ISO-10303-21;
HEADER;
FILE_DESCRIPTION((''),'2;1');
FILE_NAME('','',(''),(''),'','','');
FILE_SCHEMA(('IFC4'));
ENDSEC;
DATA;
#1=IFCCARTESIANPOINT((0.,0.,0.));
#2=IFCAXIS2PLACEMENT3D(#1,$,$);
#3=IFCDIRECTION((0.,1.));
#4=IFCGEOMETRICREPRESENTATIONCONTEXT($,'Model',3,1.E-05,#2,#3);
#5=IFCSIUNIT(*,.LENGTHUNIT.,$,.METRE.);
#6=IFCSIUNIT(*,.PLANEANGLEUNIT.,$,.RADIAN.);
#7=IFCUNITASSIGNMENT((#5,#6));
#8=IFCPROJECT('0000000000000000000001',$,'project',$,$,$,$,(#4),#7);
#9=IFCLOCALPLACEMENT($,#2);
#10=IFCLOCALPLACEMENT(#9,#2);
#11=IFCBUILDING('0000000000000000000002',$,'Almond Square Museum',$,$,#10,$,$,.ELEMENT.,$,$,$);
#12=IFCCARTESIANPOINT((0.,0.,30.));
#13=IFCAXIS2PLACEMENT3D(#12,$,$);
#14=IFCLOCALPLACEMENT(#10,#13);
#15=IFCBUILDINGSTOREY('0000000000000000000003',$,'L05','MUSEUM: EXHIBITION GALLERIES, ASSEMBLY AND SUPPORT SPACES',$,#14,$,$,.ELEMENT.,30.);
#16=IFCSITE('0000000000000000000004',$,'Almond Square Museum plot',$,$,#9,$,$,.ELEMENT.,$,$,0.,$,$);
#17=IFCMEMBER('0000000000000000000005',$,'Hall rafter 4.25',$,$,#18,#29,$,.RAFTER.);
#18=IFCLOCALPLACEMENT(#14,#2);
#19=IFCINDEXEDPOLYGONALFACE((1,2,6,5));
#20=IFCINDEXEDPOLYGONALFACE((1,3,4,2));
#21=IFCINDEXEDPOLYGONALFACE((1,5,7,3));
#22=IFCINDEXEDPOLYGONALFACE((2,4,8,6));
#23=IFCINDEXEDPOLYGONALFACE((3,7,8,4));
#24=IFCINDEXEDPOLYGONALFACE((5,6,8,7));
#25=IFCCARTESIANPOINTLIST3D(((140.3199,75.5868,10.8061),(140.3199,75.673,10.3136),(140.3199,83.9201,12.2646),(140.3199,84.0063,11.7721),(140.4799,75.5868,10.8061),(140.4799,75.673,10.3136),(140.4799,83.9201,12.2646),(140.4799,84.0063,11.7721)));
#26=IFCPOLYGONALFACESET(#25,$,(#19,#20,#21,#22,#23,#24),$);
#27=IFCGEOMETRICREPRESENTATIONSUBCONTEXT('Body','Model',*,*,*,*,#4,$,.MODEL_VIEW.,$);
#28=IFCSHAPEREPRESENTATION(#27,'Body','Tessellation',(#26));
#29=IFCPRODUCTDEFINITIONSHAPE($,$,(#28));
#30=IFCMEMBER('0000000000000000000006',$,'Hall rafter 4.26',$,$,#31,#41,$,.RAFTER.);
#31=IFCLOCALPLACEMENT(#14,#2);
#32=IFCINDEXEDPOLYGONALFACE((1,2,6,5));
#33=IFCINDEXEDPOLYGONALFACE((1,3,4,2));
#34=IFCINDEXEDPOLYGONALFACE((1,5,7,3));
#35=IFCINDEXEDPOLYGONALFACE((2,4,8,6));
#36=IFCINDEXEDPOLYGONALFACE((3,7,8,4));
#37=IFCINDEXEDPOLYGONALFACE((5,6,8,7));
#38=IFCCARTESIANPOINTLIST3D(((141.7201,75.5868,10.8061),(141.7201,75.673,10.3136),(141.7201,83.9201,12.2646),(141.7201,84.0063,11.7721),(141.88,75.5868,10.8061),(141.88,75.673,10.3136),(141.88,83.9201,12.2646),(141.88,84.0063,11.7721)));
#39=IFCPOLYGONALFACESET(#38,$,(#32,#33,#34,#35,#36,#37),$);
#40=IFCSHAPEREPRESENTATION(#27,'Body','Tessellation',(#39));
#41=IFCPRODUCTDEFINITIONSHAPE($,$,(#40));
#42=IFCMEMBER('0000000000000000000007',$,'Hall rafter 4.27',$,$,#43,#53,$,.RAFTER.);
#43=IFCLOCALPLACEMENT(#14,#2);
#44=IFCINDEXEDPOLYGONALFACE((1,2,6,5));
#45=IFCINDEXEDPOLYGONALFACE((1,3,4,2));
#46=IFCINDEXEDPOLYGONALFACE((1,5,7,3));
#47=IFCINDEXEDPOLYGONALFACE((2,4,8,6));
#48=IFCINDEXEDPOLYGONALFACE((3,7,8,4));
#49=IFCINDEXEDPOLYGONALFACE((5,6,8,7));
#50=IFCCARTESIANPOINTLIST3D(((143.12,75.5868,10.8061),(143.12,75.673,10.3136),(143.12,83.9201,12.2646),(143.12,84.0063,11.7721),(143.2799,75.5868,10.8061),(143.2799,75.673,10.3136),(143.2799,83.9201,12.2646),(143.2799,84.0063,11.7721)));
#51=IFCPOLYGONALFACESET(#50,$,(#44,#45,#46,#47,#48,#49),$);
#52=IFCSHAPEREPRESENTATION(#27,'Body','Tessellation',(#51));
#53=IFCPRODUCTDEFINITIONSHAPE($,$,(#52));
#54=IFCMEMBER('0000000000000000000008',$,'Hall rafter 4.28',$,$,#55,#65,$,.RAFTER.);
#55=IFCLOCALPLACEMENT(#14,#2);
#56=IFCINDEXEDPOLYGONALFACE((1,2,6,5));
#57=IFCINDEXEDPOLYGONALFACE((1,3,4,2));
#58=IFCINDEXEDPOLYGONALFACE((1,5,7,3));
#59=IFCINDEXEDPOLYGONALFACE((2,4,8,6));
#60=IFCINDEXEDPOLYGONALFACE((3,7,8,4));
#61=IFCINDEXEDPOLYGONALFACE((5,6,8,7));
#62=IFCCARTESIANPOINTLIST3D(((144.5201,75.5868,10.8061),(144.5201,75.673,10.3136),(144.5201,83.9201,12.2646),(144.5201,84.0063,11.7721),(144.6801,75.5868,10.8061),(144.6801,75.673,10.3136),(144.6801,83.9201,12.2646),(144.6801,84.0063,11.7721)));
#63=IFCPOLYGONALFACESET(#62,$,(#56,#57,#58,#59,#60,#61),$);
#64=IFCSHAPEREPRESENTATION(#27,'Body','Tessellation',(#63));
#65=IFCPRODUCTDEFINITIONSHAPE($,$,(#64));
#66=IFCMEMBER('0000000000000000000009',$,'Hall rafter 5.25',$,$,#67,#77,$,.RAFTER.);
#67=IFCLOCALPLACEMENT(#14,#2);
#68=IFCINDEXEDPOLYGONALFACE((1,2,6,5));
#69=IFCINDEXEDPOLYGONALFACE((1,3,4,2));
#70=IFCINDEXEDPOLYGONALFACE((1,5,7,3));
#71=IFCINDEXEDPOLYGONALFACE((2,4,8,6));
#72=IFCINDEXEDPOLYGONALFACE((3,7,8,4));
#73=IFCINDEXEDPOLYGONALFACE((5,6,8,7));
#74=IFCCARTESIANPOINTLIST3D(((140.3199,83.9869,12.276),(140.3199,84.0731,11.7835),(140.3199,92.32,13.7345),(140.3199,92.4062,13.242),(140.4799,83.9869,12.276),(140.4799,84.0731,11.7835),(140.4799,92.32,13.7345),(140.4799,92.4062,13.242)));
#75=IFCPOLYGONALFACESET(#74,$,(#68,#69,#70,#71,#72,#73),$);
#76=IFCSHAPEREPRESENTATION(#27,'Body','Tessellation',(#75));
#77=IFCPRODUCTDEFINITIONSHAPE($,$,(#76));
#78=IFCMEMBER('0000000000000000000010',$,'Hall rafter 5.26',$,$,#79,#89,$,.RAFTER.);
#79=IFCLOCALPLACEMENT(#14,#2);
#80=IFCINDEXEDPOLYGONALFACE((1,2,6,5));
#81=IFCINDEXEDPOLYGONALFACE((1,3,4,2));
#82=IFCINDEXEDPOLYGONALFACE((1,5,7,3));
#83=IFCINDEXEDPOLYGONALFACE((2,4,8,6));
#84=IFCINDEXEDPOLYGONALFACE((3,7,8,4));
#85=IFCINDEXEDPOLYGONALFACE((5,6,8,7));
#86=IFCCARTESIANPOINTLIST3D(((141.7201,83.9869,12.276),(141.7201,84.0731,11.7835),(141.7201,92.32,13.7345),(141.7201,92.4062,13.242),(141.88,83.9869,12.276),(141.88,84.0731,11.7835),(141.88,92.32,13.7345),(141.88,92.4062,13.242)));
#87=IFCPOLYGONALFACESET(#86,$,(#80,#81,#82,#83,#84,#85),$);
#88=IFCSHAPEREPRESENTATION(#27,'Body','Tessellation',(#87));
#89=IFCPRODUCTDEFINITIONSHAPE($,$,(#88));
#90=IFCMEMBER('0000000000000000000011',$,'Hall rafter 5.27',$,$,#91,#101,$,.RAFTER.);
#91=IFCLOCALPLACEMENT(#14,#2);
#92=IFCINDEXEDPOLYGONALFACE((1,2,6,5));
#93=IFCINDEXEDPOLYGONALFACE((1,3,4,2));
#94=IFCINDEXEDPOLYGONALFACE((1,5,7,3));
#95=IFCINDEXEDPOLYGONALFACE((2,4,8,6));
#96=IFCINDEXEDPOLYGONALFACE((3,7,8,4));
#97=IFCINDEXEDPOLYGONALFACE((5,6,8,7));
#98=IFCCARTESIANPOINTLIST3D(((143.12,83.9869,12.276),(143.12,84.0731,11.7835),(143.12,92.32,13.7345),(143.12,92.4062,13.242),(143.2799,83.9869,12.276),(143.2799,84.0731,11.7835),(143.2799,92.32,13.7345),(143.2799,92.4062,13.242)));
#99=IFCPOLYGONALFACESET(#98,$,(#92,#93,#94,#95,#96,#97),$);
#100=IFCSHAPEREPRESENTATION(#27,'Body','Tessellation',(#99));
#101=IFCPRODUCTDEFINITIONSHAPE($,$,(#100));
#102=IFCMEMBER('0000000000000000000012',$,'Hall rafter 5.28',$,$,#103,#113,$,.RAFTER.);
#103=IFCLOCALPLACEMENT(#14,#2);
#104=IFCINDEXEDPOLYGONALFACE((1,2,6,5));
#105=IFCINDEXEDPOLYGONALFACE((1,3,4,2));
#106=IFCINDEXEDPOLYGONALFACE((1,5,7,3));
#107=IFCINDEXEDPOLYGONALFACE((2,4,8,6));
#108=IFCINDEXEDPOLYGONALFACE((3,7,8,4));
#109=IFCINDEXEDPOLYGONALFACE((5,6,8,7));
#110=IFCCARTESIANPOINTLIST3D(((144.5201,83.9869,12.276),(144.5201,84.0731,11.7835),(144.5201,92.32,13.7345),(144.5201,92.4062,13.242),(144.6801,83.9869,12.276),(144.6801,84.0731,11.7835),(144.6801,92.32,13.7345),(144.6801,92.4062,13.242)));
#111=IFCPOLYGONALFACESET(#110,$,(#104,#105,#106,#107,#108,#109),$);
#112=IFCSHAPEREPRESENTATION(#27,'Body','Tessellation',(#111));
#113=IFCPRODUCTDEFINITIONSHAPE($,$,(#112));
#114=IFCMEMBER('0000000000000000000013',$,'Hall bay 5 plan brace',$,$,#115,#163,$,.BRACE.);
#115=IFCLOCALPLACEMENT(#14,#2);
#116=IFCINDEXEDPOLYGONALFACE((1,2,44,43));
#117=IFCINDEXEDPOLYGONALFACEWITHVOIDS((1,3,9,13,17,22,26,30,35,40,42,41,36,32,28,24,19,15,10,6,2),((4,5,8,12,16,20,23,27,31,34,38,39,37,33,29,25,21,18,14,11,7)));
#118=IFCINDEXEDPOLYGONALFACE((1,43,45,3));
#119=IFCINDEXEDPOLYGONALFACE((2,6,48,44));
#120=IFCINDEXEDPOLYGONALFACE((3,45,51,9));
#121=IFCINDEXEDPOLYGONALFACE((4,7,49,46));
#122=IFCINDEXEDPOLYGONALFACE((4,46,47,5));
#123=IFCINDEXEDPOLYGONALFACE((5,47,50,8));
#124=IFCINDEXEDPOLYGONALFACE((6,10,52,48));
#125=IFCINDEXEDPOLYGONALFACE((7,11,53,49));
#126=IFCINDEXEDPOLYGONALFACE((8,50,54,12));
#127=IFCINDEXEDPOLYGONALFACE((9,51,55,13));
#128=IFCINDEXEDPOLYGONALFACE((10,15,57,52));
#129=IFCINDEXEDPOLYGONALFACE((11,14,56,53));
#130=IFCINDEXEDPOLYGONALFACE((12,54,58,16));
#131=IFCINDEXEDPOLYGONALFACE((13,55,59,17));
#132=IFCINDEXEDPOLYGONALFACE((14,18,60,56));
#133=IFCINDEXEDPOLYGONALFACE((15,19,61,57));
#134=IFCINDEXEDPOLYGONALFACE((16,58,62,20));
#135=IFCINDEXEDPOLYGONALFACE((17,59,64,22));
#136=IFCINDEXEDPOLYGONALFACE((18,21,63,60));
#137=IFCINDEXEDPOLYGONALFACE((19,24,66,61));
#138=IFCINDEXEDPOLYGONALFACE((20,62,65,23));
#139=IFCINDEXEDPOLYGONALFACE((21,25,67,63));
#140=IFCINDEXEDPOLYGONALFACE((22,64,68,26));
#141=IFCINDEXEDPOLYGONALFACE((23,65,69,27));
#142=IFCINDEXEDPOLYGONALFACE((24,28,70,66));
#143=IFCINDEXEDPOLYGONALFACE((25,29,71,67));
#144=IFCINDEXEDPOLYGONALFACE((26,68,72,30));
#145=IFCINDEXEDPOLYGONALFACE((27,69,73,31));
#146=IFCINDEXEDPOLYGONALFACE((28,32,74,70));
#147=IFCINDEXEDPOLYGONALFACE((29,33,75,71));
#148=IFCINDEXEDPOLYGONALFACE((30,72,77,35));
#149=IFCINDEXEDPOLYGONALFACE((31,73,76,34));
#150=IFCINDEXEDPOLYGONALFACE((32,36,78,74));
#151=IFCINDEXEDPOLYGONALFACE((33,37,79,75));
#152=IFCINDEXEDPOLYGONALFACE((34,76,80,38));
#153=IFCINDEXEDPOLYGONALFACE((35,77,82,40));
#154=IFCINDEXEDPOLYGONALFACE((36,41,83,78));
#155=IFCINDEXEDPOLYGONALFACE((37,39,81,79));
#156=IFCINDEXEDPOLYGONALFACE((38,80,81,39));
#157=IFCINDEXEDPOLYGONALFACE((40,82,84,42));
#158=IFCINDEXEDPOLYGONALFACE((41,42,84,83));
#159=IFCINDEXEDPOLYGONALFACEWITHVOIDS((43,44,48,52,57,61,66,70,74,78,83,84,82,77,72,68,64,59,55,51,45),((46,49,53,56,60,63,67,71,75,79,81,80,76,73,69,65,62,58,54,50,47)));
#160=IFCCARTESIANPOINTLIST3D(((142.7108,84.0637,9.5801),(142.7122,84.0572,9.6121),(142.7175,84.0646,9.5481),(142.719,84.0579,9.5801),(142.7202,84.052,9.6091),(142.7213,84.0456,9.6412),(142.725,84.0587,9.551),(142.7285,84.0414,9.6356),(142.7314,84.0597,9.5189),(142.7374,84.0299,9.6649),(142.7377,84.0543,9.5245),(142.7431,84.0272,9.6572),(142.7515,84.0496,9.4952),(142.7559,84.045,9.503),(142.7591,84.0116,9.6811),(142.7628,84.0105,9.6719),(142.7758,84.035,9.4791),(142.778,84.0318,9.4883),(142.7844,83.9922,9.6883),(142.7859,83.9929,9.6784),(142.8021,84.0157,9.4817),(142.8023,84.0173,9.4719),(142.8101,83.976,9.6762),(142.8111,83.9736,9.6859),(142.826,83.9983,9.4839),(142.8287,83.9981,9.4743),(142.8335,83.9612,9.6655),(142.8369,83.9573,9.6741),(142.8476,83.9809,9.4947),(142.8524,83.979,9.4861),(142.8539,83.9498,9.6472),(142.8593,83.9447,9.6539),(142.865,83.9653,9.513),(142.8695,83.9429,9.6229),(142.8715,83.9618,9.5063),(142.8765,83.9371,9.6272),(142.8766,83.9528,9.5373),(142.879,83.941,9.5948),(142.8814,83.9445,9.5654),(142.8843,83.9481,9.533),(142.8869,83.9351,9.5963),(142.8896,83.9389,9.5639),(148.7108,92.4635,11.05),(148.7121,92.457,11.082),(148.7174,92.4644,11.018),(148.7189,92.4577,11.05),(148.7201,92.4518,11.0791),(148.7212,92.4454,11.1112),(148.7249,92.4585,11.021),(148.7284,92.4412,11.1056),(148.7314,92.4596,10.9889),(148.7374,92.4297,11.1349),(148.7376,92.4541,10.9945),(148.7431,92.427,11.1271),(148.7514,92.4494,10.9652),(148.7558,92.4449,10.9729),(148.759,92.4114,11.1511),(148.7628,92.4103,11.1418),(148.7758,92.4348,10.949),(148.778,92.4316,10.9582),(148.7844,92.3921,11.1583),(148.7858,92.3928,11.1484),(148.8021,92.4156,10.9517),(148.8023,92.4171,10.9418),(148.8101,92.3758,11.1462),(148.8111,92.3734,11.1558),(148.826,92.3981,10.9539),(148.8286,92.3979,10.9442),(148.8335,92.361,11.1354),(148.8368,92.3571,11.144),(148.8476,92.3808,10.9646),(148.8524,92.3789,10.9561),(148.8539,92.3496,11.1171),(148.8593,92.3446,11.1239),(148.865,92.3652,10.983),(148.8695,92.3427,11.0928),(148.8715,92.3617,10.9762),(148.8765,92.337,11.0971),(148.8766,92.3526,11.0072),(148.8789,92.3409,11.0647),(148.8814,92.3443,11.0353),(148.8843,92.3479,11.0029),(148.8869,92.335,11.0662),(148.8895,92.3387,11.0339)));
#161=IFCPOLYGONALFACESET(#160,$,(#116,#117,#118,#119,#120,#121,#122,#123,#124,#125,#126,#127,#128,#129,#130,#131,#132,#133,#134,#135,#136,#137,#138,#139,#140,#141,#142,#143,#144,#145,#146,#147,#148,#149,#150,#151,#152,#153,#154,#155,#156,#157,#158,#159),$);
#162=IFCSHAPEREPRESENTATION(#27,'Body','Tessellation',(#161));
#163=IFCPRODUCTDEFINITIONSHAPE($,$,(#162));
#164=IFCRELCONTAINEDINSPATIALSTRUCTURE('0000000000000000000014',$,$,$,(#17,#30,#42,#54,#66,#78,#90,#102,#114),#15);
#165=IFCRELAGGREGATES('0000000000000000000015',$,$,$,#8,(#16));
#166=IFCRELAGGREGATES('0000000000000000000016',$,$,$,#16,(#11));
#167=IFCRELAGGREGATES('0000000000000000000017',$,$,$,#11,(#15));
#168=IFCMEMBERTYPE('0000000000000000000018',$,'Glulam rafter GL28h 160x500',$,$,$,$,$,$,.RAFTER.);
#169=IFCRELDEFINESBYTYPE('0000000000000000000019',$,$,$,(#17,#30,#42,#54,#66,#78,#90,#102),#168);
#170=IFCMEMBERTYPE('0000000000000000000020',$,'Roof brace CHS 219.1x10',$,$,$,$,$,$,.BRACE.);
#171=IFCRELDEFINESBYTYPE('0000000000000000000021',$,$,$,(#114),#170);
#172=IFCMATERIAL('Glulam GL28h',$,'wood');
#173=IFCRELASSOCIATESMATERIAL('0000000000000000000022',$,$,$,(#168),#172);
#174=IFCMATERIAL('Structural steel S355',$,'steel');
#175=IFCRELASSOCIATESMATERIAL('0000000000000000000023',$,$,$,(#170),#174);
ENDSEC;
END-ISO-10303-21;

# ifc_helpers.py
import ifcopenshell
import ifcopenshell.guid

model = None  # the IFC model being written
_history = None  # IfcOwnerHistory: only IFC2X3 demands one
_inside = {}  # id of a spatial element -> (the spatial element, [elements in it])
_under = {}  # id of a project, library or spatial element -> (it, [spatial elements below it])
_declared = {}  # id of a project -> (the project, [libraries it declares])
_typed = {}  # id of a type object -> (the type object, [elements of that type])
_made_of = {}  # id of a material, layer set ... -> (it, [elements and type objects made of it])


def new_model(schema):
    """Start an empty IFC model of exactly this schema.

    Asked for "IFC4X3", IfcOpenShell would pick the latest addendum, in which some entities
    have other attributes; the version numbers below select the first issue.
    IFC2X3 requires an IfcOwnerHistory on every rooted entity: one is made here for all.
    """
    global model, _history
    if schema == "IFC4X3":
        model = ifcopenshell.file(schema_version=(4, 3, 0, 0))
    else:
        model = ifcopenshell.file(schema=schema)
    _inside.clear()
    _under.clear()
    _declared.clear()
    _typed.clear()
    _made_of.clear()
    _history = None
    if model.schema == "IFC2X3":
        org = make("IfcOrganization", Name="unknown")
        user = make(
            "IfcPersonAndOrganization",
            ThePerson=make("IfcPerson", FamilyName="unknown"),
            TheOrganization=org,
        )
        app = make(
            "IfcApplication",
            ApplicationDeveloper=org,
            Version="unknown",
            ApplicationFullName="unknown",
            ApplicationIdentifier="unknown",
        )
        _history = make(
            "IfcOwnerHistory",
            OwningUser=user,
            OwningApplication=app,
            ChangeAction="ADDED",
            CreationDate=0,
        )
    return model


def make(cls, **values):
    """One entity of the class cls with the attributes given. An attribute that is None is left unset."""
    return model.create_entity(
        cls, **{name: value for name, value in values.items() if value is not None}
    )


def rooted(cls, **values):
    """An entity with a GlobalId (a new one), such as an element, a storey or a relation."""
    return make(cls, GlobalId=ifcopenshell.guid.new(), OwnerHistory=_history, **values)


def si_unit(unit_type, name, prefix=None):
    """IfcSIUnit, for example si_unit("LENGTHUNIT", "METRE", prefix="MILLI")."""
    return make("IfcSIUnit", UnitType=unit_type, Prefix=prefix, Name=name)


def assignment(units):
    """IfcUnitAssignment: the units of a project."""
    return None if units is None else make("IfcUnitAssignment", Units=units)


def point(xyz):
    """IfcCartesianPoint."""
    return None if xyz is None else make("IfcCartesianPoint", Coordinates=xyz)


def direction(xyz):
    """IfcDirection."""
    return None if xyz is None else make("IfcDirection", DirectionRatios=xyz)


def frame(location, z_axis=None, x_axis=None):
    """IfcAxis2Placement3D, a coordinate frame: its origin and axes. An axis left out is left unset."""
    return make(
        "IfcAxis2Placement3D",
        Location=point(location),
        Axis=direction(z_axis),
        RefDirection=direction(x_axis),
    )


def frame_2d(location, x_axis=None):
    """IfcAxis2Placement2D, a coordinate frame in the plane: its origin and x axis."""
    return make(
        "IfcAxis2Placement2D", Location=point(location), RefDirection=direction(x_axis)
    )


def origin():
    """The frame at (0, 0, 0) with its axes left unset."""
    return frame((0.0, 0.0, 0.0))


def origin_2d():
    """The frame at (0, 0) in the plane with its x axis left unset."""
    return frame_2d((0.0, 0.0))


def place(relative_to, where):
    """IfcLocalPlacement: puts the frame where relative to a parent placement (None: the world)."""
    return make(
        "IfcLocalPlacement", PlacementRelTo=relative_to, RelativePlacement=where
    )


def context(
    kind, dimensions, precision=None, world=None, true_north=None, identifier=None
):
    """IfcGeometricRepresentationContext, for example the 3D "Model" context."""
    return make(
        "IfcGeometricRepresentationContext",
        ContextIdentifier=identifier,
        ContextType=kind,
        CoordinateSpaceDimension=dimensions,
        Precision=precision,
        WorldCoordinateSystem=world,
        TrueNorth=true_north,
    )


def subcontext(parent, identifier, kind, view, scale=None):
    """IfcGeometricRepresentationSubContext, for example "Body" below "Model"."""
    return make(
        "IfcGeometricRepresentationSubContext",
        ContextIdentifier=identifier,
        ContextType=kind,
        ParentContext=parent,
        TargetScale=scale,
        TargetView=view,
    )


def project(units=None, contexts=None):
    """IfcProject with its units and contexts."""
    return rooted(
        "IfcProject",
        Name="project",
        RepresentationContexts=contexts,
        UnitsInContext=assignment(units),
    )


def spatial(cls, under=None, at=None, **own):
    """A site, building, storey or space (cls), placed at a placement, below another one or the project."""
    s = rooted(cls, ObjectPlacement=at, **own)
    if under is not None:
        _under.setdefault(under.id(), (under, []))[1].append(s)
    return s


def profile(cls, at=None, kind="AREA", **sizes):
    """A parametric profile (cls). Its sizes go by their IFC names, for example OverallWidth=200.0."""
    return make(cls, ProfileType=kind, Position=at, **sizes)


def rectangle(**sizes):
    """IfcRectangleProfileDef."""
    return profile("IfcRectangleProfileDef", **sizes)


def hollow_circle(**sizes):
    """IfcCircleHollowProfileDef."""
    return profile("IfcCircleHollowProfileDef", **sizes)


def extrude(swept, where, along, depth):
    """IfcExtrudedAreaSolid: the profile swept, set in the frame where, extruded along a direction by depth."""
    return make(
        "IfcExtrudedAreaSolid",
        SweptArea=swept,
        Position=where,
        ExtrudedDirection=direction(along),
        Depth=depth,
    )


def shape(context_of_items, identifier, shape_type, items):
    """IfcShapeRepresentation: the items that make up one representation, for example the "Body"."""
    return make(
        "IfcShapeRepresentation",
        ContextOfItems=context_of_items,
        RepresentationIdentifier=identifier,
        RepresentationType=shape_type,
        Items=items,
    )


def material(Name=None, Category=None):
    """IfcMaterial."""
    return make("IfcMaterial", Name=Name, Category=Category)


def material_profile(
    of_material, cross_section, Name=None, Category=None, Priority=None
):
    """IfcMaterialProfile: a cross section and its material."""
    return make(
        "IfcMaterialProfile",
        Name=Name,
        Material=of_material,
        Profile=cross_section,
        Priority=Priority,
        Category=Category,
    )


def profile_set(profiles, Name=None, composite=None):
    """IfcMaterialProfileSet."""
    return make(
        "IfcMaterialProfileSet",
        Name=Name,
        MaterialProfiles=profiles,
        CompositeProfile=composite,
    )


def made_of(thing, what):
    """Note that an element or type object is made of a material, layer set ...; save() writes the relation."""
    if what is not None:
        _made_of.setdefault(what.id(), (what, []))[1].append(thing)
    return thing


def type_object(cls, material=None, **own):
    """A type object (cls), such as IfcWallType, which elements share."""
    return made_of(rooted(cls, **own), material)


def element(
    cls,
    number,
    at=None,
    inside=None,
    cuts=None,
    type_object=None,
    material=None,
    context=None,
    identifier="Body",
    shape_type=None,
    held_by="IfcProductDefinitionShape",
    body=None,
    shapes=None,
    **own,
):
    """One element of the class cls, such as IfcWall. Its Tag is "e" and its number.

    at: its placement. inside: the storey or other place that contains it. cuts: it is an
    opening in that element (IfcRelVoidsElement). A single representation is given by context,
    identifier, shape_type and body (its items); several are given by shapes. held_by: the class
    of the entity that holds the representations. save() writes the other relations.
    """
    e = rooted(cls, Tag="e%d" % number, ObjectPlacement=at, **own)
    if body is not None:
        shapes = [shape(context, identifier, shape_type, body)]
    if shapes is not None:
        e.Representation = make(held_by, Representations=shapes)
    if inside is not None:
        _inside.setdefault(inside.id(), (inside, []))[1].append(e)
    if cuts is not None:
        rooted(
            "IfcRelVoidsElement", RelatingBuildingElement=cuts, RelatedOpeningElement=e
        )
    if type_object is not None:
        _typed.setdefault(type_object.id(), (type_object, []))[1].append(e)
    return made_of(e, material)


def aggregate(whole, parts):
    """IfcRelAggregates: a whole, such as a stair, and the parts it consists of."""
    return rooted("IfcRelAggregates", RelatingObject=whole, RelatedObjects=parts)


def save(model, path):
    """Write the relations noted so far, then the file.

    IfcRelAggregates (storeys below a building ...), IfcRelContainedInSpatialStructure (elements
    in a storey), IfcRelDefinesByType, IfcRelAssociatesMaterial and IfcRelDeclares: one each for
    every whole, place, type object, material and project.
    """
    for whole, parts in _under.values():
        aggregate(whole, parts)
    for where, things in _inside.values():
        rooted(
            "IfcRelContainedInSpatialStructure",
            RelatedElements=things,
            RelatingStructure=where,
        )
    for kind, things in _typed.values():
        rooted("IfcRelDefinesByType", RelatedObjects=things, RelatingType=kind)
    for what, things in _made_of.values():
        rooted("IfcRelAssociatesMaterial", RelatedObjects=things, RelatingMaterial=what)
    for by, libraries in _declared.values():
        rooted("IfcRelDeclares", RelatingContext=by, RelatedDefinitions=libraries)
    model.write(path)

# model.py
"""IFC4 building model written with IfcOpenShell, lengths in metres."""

from ifc_helpers import new_model, si_unit, direction, frame, origin, origin_2d, place, context, subcontext, project, spatial, rectangle, hollow_circle, extrude, material, material_profile, profile_set, type_object, element, save


model = new_model("IFC4")

# Units and contexts
model_context = context("Model", 3, precision=1e-05, world=origin(), true_north=direction((0.0, 1.0)))
body_context = subcontext(model_context, "Body", "Model", "MODEL_VIEW")
ifc_project = project(units=[si_unit("LENGTHUNIT", "METRE"), si_unit("PLANEANGLEUNIT", "RADIAN")], contexts=[model_context])

# Site, building, storey
site_placement = place(None, origin())
site = spatial("IfcSite", under=ifc_project, at=site_placement, Name="Almond Square Museum plot", CompositionType="ELEMENT", RefElevation=0.0)
building_placement = place(site_placement, origin())
building = spatial("IfcBuilding", under=site, at=building_placement, Name="Almond Square Museum", CompositionType="ELEMENT")
storey_placement = place(building_placement, frame((0.0, 0.0, 30.0)))
storey = spatial("IfcBuildingStorey", under=building, at=storey_placement, Name="L05", Description="MUSEUM: EXHIBITION GALLERIES, ASSEMBLY AND SUPPORT SPACES", CompositionType="ELEMENT", Elevation=30.0)

# Members
ifc_material_1 = material(Name="Glulam GL28h", Category="wood")
ifc_material_profile_1 = material_profile(ifc_material_1, rectangle(XDim=0.1599, YDim=0.5, at=origin_2d()))
ifc_profile_set_1 = profile_set([ifc_material_profile_1], Name="Glulam GL28h")
member_type_1 = type_object("IfcMemberType", Name="Glulam rafter GL28h 160x500", PredefinedType="RAFTER", material=ifc_profile_set_1)
for number, where, z_axis, x_axis, name in (
    (1, (140.3999, 75.6299, 10.5598), (0.0, 0.985027, 0.172401), (-1.0, 0.0, 0.0), "Hall rafter 4.25"),
    (2, (141.8, 75.6299, 10.5598), (0.0, 0.985027, 0.172401), (-1.0, 0.0, 0.0), "Hall rafter 4.26"),
    (3, (143.2, 75.6299, 10.5598), (0.0, 0.985027, 0.172401), (-1.0, 0.0, 0.0), "Hall rafter 4.27"),
    (4, (144.6001, 75.6299, 10.5598), (0.0, 0.985027, 0.172401), (-1.0, 0.0, 0.0), "Hall rafter 4.28"),
):
    element("IfcMember", number, at=place(storey_placement, frame(where, z_axis=z_axis, x_axis=x_axis)), inside=storey, type_object=member_type_1, Name=name, PredefinedType="RAFTER", context=body_context, shape_type="SweptSolid", body=[
        extrude(rectangle(XDim=0.1599, YDim=0.5, at=origin_2d()), origin(), (0.0, 0.0, 1.0), 8.46),
    ])
for number, where, z_axis, x_axis, name in (
    (5, (140.3999, 84.03, 12.0298), (0.0, 0.985026, 0.172406), (-1.0, 0.0, 0.0), "Hall rafter 5.25"),
    (6, (141.8, 84.03, 12.0298), (0.0, 0.985026, 0.172406), (-1.0, 0.0, 0.0), "Hall rafter 5.26"),
    (7, (143.2, 84.03, 12.0298), (0.0, 0.985026, 0.172406), (-1.0, 0.0, 0.0), "Hall rafter 5.27"),
    (8, (144.6001, 84.03, 12.0298), (0.0, 0.985026, 0.172406), (-1.0, 0.0, 0.0), "Hall rafter 5.28"),
):
    element("IfcMember", number, at=place(storey_placement, frame(where, z_axis=z_axis, x_axis=x_axis)), inside=storey, type_object=member_type_1, Name=name, PredefinedType="RAFTER", context=body_context, shape_type="SweptSolid", body=[
        extrude(rectangle(XDim=0.1599, YDim=0.5, at=origin_2d()), origin(), (0.0, 0.0, 1.0), 8.4597),
    ])
ifc_material_2 = material(Name="Structural steel S355", Category="steel")
ifc_material_profile_2 = material_profile(ifc_material_2, hollow_circle(Radius=0.1096, WallThickness=0.01, at=origin_2d()))
ifc_profile_set_2 = profile_set([ifc_material_profile_2], Name="Structural steel S355")
member_type_2 = type_object("IfcMemberType", Name="Roof brace CHS 219.1x10", PredefinedType="BRACE", material=ifc_profile_set_2)
member_1_placement = place(storey_placement, frame((142.8, 84.0, 9.5801), z_axis=(0.575438, 0.805603, 0.140979), x_axis=(-0.81373, 0.581243, 0.0)))
element("IfcMember", 9, at=member_1_placement, inside=storey, type_object=member_type_2, Name="Hall bay 5 plan brace", PredefinedType="BRACE", context=body_context, shape_type="SweptSolid", body=[
    extrude(hollow_circle(Radius=0.1096, WallThickness=0.01, at=origin_2d()), origin(), (0.0, 0.0, 1.0), 10.4268),
])

save(model, "model.ifc")
